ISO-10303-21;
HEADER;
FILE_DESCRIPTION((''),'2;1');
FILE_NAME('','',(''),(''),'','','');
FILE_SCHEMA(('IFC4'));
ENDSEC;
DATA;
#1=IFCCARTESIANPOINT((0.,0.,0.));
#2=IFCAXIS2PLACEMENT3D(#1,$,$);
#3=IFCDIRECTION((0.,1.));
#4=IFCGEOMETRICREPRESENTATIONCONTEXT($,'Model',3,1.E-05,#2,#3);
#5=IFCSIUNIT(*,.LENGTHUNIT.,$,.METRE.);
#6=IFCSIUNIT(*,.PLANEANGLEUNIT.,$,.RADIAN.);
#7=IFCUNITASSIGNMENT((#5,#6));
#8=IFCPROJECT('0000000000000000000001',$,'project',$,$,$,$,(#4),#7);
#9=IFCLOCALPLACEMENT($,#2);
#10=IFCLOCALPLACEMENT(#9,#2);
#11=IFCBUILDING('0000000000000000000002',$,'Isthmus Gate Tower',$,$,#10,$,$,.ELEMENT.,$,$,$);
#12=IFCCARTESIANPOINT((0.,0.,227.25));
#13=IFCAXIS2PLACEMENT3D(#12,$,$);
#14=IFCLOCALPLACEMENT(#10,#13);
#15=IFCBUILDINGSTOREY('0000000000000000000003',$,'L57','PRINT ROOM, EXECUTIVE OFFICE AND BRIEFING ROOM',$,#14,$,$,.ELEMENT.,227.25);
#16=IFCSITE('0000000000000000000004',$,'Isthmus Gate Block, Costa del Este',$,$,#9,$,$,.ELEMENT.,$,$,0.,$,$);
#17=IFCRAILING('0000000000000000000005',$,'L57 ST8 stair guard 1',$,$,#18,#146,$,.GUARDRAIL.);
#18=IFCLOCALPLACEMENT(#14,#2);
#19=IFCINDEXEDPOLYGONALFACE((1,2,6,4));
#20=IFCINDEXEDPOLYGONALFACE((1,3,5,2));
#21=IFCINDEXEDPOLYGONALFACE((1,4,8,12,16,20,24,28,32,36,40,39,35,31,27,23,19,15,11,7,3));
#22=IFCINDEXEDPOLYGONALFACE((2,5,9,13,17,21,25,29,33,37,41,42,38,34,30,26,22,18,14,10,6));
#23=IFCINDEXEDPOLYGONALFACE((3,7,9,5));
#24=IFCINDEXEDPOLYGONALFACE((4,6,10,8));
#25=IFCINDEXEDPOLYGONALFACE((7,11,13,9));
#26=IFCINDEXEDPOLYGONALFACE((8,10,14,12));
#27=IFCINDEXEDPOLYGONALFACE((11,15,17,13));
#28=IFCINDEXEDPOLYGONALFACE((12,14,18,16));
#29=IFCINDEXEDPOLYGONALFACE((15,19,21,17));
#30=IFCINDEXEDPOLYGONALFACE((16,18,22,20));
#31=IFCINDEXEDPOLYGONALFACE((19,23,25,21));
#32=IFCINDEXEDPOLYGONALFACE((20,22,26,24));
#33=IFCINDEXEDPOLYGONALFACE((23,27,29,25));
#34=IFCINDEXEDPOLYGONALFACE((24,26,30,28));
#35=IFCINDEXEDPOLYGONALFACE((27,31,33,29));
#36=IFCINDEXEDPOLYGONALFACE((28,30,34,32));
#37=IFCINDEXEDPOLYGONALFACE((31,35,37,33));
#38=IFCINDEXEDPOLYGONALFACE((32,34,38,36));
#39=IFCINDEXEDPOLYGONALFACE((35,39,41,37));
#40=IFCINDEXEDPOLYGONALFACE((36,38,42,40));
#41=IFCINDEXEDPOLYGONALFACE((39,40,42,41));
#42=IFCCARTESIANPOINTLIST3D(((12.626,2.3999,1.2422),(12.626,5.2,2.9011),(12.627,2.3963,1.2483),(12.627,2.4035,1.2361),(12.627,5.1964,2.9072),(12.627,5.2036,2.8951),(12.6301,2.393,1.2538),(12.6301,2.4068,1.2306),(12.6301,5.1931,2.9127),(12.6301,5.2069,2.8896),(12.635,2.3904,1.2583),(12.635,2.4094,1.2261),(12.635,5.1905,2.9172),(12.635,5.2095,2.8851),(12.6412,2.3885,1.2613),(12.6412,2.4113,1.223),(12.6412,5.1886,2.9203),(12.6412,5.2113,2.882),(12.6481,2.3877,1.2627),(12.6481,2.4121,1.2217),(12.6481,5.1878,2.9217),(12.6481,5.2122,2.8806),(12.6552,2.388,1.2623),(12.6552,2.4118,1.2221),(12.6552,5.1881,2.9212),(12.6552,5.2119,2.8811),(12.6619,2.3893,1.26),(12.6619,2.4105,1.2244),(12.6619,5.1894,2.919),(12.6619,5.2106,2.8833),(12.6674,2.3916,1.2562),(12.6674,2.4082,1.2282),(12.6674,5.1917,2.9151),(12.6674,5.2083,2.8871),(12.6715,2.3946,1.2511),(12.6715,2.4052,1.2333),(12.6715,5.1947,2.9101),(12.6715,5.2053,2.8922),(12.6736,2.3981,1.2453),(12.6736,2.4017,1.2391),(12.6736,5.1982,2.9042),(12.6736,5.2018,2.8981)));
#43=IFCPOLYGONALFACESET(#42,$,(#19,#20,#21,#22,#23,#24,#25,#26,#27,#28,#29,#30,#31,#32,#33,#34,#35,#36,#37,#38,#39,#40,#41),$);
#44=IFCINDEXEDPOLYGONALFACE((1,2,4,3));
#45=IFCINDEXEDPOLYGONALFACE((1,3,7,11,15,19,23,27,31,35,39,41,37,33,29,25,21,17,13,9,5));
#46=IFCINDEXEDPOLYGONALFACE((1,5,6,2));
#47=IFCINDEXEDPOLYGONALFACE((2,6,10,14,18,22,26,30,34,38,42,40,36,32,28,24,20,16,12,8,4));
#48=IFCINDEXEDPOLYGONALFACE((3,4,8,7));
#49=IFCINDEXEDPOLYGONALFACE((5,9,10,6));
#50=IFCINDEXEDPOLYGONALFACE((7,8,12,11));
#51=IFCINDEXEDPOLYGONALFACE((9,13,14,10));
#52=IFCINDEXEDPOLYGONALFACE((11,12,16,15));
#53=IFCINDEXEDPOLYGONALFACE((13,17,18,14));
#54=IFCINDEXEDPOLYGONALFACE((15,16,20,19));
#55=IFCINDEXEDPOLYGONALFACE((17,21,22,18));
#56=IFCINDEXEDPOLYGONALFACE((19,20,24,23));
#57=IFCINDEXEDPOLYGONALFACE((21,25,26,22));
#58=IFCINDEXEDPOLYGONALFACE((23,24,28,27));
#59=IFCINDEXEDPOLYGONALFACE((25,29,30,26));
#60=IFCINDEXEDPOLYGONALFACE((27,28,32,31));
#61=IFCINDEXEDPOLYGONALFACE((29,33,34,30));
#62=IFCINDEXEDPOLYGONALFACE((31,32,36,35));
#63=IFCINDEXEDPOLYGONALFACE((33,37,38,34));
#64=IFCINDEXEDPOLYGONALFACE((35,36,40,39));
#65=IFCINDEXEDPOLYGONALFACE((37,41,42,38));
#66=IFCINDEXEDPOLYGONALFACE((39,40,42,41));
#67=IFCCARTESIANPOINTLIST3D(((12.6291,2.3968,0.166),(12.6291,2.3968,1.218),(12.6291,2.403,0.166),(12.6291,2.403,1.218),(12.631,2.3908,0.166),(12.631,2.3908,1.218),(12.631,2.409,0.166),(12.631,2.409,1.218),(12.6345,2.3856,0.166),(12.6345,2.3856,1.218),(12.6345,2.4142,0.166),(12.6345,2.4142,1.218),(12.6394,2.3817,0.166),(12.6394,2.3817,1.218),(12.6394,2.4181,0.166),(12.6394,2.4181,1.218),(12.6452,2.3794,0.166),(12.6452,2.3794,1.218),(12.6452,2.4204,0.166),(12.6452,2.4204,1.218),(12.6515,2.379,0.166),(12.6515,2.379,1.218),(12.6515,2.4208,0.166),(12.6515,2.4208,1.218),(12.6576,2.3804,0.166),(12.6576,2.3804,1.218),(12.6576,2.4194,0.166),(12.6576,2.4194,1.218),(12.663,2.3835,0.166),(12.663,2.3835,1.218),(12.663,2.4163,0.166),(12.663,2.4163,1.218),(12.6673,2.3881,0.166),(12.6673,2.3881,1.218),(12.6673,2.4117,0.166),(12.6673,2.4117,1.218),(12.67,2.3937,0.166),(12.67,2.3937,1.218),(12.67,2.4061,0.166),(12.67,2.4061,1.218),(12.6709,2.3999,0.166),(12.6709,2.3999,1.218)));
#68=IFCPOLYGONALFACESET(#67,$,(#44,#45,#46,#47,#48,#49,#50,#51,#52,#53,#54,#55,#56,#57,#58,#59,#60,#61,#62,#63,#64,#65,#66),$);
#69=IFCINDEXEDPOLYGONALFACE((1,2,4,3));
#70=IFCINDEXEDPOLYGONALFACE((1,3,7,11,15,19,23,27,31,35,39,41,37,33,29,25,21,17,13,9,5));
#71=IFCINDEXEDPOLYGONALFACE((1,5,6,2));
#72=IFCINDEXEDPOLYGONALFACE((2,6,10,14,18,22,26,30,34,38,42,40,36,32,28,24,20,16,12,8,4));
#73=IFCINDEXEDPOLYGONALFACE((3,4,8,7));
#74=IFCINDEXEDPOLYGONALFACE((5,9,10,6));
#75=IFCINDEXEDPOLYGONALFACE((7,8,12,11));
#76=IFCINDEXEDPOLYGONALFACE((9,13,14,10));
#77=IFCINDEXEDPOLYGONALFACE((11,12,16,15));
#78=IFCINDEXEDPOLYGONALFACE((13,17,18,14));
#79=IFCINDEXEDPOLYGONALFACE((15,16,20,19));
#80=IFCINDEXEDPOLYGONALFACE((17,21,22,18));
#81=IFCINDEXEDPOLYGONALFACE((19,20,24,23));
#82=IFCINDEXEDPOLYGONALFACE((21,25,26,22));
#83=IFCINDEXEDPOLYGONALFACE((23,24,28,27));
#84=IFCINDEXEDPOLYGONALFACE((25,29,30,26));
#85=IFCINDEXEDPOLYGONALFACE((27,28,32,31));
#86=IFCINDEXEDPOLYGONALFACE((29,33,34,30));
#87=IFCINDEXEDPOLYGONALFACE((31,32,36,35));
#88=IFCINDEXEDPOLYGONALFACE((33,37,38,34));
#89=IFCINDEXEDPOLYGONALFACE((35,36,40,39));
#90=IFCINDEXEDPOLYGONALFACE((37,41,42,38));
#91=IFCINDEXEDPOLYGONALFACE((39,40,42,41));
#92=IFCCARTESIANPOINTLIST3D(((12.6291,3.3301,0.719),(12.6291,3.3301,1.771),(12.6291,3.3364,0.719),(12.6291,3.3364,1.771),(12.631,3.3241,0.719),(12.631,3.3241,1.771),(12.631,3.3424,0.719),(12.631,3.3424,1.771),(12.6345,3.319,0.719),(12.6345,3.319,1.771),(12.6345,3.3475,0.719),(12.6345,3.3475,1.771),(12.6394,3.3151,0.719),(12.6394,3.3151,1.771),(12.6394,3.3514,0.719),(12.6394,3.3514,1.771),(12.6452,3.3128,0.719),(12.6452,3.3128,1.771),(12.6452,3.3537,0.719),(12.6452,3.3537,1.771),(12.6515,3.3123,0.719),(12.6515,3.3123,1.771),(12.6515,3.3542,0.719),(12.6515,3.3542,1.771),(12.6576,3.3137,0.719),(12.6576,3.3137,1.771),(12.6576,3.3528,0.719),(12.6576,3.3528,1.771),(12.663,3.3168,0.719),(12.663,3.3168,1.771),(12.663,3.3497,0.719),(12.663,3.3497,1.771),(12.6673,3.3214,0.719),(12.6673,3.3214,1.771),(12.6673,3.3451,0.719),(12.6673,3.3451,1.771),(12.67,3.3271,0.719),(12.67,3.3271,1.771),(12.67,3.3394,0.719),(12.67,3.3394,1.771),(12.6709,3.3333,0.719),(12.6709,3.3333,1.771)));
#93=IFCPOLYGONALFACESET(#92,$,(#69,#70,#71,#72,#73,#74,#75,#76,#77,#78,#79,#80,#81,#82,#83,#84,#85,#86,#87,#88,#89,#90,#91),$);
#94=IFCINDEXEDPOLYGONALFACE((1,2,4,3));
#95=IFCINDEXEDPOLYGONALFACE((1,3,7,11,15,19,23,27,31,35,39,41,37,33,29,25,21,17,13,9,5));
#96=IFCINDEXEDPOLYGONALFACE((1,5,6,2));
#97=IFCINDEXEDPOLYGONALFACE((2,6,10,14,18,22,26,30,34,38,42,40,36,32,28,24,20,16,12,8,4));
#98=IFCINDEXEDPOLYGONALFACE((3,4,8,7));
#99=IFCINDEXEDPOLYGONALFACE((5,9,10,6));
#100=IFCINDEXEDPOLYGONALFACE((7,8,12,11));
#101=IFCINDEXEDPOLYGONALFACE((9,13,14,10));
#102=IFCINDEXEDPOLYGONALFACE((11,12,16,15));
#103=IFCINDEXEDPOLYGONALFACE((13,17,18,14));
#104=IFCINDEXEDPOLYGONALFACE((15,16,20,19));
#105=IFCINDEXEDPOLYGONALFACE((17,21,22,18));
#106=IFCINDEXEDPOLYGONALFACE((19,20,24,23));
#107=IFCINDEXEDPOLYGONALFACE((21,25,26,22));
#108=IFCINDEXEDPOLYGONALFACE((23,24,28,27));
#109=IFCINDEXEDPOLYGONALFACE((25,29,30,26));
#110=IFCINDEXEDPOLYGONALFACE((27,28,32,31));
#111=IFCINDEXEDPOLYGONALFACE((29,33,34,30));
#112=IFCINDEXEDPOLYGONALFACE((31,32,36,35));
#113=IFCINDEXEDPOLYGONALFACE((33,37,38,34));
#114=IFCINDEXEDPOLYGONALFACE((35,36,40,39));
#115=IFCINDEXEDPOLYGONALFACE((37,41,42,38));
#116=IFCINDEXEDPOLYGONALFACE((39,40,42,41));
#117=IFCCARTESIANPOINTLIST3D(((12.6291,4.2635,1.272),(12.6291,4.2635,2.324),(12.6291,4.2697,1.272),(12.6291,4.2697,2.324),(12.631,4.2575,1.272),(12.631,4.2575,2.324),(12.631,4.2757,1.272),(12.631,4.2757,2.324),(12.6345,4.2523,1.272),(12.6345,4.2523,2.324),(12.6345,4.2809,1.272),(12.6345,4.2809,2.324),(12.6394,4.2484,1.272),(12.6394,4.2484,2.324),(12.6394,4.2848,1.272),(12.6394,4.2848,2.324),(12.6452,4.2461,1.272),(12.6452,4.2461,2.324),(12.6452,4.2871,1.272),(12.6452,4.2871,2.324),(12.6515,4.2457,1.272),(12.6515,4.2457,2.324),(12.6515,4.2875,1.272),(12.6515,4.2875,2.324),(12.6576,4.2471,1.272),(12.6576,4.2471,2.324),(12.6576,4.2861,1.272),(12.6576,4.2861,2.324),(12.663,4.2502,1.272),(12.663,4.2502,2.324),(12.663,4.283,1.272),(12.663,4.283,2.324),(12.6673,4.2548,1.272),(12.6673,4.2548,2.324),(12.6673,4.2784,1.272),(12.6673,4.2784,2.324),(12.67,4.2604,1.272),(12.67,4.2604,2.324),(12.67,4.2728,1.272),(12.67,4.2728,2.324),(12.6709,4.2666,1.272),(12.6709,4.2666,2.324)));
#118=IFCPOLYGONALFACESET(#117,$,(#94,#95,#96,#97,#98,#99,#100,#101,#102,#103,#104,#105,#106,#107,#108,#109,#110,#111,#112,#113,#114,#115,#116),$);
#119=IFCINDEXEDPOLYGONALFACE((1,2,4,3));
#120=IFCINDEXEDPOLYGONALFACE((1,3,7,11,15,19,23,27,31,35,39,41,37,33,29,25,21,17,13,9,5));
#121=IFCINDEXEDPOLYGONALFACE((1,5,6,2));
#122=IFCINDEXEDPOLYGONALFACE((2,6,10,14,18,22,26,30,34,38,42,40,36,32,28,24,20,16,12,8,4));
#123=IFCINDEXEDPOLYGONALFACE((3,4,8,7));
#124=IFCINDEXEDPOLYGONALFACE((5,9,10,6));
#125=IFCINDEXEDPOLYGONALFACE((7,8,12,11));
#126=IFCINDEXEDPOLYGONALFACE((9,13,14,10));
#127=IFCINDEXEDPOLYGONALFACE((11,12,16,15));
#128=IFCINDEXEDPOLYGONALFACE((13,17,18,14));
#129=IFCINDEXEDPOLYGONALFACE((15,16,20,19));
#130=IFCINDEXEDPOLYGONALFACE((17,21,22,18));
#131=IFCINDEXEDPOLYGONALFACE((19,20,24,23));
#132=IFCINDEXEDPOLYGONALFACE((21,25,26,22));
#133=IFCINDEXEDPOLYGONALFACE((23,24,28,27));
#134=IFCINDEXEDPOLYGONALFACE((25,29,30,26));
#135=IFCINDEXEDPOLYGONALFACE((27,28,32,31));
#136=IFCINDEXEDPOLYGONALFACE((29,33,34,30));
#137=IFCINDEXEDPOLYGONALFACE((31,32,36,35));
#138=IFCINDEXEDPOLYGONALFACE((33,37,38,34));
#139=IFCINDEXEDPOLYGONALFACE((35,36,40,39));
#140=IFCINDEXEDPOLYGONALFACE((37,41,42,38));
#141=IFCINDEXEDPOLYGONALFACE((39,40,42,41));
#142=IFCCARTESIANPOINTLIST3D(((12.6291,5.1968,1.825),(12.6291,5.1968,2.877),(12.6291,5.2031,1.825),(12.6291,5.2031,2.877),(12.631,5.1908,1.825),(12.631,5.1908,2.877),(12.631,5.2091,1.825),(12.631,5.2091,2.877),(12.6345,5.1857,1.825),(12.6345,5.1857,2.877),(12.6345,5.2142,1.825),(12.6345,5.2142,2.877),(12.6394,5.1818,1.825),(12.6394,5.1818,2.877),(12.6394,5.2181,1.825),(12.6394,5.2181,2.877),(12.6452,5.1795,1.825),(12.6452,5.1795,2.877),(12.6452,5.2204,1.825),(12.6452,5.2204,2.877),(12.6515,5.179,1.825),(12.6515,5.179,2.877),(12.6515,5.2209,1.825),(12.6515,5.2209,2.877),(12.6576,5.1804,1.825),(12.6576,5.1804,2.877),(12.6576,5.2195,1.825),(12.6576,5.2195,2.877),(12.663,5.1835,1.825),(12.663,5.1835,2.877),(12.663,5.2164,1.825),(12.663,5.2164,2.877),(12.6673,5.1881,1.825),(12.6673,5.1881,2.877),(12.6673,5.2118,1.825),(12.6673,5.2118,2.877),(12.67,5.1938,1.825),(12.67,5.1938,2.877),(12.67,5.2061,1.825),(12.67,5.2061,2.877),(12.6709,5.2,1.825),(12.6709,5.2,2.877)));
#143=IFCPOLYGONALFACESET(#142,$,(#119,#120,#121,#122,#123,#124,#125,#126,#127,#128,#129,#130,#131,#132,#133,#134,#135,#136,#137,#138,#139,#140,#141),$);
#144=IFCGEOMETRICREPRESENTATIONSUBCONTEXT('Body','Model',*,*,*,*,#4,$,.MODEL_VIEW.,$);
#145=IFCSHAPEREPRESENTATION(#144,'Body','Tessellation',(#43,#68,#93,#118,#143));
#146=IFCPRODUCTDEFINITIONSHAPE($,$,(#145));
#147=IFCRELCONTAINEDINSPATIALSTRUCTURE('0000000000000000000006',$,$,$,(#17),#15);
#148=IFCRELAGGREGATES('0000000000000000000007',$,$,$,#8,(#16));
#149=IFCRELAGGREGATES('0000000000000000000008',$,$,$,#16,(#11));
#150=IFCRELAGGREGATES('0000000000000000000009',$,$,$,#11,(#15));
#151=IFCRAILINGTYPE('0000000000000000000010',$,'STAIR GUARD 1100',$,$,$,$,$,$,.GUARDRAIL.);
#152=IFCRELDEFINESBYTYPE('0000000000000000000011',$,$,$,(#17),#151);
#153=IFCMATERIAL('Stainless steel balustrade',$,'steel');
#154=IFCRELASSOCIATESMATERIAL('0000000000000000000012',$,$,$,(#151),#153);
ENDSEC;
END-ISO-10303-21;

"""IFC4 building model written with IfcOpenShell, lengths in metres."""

from ifc_helpers import new_model, si_unit, direction, frame, origin, origin_2d, place, context, subcontext, project, spatial, circle, extrude, material, type_object, element, save


model = new_model("IFC4")

# Units and contexts
model_context = context("Model", 3, precision=1e-05, world=origin(), true_north=direction((0.0, 1.0)))
body_context = subcontext(model_context, "Body", "Model", "MODEL_VIEW")
ifc_project = project(units=[si_unit("LENGTHUNIT", "METRE"), si_unit("PLANEANGLEUNIT", "RADIAN")], contexts=[model_context])

# Site, building, storey
site_placement = place(None, origin())
site = spatial("IfcSite", under=ifc_project, at=site_placement, Name="Isthmus Gate Block, Costa del Este", CompositionType="ELEMENT", RefElevation=0.0)
building_placement = place(site_placement, origin())
building = spatial("IfcBuilding", under=site, at=building_placement, Name="Isthmus Gate Tower", CompositionType="ELEMENT")
storey_placement = place(building_placement, frame((0.0, 0.0, 227.25)))
storey = spatial("IfcBuildingStorey", under=building, at=storey_placement, Name="L57", Description="PRINT ROOM, EXECUTIVE OFFICE AND BRIEFING ROOM", CompositionType="ELEMENT", Elevation=227.25)

# Railing
ifc_material_1 = material(Name="Stainless steel balustrade", Category="steel")
railing_type_1 = type_object("IfcRailingType", Name="STAIR GUARD 1100", PredefinedType="GUARDRAIL", material=ifc_material_1)
railing_1_placement = place(storey_placement, frame((12.6499, 2.3999, 0.166)))
element("IfcRailing", 1, at=railing_1_placement, inside=storey, type_object=railing_type_1, Name="L57 ST8 stair guard 1", PredefinedType="GUARDRAIL", context=body_context, shape_type="SweptSolid", body=[
    extrude(circle(Radius=0.0239, at=origin_2d()), frame((0.0, 0.0, 1.0762), z_axis=(0.0, 0.860339, 0.509722), x_axis=(-1.0, 0.0, 0.0)), (0.0, 0.0, 1.0), 3.2546),
    extrude(circle(Radius=0.021, at=origin_2d()), origin(), (0.0, 0.0, 1.0), 1.052),
    extrude(circle(Radius=0.021, at=origin_2d()), frame((0.0, 0.9333, 0.553)), (0.0, 0.0, 1.0), 1.052),
    extrude(circle(Radius=0.021, at=origin_2d()), frame((0.0, 1.8667, 1.106)), (0.0, 0.0, 1.0), 1.052),
    extrude(circle(Radius=0.021, at=origin_2d()), frame((0.0, 2.8, 1.6589)), (0.0, 0.0, 1.0), 1.052),
])

save(model, "model.ifc")
